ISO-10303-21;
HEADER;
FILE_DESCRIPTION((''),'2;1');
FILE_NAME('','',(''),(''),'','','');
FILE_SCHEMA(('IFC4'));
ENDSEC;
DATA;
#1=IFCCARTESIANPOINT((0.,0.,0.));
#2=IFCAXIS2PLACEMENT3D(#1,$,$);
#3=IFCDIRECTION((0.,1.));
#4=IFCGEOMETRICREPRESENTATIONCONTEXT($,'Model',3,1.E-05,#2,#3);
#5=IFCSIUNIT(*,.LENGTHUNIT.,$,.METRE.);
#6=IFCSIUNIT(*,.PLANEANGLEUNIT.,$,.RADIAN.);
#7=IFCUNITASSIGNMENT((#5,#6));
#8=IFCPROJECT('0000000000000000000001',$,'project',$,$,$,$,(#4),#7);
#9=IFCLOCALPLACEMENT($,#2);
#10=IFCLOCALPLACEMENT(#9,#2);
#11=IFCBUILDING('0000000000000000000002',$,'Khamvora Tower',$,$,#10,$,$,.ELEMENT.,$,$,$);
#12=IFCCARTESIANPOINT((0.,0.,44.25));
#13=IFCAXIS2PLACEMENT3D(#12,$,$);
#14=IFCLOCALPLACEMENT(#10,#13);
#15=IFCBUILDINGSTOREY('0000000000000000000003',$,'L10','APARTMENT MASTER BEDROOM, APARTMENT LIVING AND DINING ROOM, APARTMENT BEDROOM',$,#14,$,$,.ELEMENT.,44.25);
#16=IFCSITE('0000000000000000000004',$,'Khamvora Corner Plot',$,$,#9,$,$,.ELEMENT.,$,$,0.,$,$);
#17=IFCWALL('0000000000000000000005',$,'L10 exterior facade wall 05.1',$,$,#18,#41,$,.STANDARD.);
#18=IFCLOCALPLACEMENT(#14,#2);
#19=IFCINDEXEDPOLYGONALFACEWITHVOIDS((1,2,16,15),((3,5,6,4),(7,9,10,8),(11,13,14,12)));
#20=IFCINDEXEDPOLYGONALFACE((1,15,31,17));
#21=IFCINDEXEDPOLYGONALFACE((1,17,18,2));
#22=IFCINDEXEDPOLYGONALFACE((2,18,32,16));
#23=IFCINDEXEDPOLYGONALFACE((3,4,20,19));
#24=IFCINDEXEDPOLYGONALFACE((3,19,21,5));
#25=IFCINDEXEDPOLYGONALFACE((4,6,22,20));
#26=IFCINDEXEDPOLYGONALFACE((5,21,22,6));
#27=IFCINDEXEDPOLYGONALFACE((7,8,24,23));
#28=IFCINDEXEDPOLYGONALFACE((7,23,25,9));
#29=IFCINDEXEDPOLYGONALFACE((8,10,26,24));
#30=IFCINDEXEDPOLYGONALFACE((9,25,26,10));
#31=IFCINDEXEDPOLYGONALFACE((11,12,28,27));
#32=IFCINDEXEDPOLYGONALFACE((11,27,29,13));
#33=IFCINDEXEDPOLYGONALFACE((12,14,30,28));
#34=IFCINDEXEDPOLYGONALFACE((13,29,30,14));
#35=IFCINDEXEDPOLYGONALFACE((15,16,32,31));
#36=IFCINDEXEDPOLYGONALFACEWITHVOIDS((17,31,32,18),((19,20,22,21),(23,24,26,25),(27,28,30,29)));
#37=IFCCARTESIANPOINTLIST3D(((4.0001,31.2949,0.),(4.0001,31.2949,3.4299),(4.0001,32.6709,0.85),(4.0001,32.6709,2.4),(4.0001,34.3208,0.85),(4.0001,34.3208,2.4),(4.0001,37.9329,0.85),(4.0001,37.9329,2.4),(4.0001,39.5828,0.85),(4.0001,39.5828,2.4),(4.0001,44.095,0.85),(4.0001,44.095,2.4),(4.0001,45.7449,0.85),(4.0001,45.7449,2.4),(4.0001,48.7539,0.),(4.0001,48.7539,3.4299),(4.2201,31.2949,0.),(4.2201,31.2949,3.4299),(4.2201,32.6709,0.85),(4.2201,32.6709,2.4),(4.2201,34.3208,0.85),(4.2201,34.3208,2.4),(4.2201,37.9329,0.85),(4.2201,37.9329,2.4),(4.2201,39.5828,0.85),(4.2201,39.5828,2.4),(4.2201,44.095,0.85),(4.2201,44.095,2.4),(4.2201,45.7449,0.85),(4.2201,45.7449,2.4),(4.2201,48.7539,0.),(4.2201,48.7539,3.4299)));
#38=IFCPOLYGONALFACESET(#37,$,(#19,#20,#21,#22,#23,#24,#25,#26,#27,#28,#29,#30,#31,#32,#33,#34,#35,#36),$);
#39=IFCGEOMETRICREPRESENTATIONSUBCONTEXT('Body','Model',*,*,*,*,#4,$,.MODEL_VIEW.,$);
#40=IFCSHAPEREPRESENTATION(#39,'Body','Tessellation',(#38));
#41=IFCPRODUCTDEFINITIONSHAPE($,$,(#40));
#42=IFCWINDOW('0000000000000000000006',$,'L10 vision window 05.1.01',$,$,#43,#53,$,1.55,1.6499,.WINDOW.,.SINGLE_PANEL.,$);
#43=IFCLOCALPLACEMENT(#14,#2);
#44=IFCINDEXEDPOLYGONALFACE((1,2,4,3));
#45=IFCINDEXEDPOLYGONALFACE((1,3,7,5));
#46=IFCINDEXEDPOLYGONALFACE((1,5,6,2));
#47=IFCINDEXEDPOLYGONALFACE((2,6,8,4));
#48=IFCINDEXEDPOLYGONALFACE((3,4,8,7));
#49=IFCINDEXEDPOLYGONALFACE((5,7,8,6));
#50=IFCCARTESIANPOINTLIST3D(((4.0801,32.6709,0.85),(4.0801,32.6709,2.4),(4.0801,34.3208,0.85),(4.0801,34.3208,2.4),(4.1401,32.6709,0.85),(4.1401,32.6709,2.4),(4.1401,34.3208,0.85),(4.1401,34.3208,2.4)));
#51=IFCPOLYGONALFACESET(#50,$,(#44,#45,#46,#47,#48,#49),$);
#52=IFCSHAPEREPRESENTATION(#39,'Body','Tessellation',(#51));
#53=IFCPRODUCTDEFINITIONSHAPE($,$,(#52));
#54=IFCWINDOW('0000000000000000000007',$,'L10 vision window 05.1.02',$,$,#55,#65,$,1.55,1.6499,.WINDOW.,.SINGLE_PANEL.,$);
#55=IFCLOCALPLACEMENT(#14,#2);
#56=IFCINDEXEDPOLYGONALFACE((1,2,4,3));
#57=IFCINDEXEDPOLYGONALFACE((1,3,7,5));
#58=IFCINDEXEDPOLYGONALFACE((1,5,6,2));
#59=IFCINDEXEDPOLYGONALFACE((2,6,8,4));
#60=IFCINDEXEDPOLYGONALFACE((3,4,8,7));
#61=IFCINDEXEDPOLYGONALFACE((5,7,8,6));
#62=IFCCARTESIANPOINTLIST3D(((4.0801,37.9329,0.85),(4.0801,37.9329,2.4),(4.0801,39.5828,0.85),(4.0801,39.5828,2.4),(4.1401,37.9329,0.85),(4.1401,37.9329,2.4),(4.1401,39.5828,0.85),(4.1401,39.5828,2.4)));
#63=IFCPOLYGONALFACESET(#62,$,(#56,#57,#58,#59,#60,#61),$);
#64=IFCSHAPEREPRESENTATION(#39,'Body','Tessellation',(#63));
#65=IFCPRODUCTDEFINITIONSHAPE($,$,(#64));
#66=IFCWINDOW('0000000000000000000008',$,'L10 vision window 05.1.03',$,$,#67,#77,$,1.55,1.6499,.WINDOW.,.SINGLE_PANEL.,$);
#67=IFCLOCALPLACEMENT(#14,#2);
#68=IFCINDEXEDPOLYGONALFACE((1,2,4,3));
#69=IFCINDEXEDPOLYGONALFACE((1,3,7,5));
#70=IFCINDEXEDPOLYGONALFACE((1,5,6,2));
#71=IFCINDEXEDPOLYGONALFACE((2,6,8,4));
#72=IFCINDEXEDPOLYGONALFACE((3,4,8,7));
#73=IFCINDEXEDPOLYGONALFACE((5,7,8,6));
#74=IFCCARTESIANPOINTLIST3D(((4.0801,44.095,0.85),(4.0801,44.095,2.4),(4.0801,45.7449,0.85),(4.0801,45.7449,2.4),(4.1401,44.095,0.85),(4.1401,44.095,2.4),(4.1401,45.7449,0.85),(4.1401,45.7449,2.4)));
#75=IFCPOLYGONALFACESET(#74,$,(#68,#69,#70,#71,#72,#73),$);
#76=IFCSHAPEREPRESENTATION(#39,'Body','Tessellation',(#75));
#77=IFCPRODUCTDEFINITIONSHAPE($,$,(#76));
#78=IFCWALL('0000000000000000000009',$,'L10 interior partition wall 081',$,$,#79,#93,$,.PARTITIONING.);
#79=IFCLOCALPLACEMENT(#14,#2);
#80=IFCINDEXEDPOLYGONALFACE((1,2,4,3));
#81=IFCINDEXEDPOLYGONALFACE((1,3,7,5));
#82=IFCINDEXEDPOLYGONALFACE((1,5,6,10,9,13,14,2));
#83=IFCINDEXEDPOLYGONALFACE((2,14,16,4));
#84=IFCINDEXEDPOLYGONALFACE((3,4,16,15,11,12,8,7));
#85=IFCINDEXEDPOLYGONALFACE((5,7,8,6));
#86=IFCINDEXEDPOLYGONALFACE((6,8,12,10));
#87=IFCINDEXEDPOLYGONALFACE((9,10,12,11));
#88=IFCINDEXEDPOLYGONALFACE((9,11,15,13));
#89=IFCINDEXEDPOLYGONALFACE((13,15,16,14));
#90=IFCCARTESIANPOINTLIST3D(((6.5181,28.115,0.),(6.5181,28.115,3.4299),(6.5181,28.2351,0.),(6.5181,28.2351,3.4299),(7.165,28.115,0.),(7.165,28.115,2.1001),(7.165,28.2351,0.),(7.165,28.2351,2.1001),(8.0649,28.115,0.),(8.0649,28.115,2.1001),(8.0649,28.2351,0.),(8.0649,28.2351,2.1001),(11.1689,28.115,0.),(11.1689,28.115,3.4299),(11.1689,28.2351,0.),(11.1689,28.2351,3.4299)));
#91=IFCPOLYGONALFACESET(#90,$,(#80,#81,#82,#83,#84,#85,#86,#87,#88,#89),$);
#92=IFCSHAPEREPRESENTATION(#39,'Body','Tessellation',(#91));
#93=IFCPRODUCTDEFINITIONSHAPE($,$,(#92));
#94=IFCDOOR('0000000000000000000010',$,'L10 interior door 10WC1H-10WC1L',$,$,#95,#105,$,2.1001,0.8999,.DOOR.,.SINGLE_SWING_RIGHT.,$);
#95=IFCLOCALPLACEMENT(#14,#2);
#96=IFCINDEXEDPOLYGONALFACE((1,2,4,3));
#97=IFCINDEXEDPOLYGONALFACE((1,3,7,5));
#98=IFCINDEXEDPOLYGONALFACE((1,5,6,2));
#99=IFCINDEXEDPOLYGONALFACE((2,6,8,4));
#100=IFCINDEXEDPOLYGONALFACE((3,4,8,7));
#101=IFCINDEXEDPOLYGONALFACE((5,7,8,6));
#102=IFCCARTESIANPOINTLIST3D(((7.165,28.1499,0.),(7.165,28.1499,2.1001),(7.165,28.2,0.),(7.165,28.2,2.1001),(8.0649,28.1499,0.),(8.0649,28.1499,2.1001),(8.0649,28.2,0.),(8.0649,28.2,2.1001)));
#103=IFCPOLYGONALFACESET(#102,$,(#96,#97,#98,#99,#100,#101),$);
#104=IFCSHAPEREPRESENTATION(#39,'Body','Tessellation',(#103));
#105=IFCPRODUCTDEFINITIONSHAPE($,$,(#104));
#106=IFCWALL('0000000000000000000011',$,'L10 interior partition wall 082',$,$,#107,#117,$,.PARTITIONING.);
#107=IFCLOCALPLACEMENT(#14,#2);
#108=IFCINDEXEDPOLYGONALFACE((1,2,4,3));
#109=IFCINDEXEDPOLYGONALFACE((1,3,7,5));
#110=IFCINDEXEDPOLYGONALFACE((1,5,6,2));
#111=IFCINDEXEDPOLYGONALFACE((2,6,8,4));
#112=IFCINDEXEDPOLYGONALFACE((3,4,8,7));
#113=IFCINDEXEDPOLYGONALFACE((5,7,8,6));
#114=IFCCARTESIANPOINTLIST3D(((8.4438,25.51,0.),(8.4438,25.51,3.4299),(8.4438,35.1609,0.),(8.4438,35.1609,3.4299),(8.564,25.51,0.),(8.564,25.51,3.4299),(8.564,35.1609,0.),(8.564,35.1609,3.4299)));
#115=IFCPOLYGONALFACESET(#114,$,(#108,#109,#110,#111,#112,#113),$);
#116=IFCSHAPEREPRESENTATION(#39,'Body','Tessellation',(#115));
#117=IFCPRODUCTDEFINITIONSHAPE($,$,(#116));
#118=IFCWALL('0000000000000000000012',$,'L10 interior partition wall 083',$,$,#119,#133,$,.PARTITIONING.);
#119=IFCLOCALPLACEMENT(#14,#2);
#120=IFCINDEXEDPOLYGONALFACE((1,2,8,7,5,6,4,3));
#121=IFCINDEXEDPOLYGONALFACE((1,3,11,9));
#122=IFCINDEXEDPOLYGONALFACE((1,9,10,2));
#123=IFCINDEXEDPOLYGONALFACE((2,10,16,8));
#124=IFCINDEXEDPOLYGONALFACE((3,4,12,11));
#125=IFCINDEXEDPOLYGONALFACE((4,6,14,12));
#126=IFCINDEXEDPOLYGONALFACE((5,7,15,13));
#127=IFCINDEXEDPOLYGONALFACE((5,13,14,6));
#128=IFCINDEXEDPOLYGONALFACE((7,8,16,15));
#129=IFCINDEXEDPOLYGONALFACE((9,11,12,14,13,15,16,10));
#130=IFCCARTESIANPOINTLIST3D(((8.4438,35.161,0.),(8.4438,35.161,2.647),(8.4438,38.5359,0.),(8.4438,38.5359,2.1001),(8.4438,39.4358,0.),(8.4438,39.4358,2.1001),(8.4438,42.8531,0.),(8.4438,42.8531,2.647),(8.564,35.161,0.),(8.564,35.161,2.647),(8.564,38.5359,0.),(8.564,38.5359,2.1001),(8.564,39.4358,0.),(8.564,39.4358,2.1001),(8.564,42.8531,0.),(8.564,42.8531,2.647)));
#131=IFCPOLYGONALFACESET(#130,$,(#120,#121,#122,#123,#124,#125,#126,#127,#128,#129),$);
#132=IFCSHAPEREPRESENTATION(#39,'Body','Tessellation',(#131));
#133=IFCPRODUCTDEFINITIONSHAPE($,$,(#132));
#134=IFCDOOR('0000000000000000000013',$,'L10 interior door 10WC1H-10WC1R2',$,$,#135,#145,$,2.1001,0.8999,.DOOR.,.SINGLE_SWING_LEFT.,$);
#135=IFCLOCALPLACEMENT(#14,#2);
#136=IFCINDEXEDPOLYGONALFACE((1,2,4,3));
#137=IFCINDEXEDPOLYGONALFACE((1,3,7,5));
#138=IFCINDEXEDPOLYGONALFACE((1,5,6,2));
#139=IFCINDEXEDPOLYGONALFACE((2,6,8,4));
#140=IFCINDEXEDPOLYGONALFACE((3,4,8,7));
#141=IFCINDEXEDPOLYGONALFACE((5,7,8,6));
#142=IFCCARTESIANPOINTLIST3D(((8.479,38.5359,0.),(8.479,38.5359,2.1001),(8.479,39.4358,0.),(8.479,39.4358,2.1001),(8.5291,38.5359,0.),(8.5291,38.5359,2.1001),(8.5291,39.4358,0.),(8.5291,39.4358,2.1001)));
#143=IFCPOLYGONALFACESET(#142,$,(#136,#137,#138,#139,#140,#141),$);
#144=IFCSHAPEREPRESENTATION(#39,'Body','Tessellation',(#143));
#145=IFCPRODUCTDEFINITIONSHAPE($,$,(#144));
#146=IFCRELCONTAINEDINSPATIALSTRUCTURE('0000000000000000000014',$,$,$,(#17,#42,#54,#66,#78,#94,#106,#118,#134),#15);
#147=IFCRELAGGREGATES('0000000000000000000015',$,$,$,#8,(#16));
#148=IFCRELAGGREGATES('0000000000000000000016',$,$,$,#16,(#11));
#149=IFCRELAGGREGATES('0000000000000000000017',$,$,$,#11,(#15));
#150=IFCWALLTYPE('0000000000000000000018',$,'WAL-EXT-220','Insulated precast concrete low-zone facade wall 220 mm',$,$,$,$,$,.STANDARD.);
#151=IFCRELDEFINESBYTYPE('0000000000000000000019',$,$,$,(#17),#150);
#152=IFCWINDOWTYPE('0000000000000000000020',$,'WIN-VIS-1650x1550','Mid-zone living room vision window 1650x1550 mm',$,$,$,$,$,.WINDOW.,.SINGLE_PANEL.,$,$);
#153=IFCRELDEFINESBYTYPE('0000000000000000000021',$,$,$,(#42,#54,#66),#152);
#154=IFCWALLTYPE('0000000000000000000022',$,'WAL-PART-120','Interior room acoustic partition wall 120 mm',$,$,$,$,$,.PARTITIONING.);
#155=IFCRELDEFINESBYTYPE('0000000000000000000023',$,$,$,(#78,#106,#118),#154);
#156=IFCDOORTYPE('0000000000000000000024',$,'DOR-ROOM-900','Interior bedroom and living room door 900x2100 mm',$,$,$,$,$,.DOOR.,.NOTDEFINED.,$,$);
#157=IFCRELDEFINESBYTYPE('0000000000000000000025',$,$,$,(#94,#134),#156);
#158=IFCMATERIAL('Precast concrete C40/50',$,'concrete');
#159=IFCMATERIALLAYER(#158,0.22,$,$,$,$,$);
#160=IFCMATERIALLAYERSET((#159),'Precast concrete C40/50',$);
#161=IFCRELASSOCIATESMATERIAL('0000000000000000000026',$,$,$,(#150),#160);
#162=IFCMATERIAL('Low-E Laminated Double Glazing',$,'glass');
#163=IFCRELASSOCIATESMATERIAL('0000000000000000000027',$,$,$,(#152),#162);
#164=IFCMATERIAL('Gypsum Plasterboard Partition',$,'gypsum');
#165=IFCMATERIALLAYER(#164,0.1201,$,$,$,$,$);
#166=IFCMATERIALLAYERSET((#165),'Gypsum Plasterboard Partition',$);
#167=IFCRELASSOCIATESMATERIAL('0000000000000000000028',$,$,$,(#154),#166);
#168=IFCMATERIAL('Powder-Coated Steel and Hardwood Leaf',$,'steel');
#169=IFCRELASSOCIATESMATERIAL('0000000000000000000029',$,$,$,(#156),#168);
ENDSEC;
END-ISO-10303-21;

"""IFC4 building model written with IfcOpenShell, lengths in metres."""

from ifc_helpers import new_model, si_unit, direction, frame, frame_2d, origin, place, context, subcontext, project, spatial, rectangle, extrude, material, layer, layer_set, type_object, element, fill, save


model = new_model("IFC4")

# Units and contexts
model_context = context("Model", 3, precision=1e-05, world=origin(), true_north=direction((0.0, 1.0)))
body_context = subcontext(model_context, "Body", "Model", "MODEL_VIEW")
ifc_project = project(units=[si_unit("LENGTHUNIT", "METRE"), si_unit("PLANEANGLEUNIT", "RADIAN")], contexts=[model_context])

# Site, building, storey
site_placement = place(None, origin())
site = spatial("IfcSite", under=ifc_project, at=site_placement, Name="Khamvora Corner Plot", CompositionType="ELEMENT", RefElevation=0.0)
building_placement = place(site_placement, origin())
building = spatial("IfcBuilding", under=site, at=building_placement, Name="Khamvora Tower", CompositionType="ELEMENT")
storey_placement = place(building_placement, frame((0.0, 0.0, 44.25)))
storey = spatial("IfcBuildingStorey", under=building, at=storey_placement, Name="L10", Description="APARTMENT MASTER BEDROOM, APARTMENT LIVING AND DINING ROOM, APARTMENT BEDROOM", CompositionType="ELEMENT", Elevation=44.25)

# Shared definitions
ifc_material_1 = material(Name="Precast concrete C40/50", Category="concrete")
ifc_layer_1 = layer(ifc_material_1, 0.22)
ifc_layer_set_1 = layer_set([ifc_layer_1], Name="Precast concrete C40/50")
wall_type_1 = type_object("IfcWallType", Name="WAL-EXT-220", Description="Insulated precast concrete low-zone facade wall 220 mm", PredefinedType="STANDARD", material=ifc_layer_set_1)
ifc_material_2 = material(Name="Low-E Laminated Double Glazing", Category="glass")
window_type = type_object("IfcWindowType", Name="WIN-VIS-1650x1550", Description="Mid-zone living room vision window 1650x1550 mm", PartitioningType="SINGLE_PANEL", PredefinedType="WINDOW", material=ifc_material_2)

# Wall, openings, windows
wall_1_placement = place(storey_placement, frame((4.1101, 31.2949, 0.0), z_axis=(0.0, 0.0, 1.0), x_axis=(0.0, 1.0, 0.0)))
wall_1 = element("IfcWall", 1, at=wall_1_placement, inside=storey, type_object=wall_type_1, Name="L10 exterior facade wall 05.1", PredefinedType="STANDARD", context=body_context, shape_type="SweptSolid", body=[
    extrude(rectangle(XDim=17.459, YDim=0.22, at=frame_2d((8.7295, 0.0))), origin(), (0.0, 0.0, 1.0), 3.4299),
])
opening_1_placement = place(wall_1_placement, frame((1.376, 0.0, 0.8501)))
opening_1 = element("IfcOpeningElement", 2, at=opening_1_placement, cuts=wall_1, PredefinedType="OPENING", context=body_context, shape_type="SweptSolid", body=[
    extrude(rectangle(XDim=1.6499, YDim=1.55, at=frame_2d((0.825, 0.7749))), frame((0.0, 0.1199, 0.0), z_axis=(0.0, -1.0, 0.0), x_axis=(1.0, 0.0, 0.0)), (0.0, 0.0, 1.0), 0.24),
])
opening_2_placement = place(wall_1_placement, frame((6.6379, 0.0, 0.8501)))
opening_2 = element("IfcOpeningElement", 3, at=opening_2_placement, cuts=wall_1, PredefinedType="OPENING", context=body_context, shape_type="SweptSolid", body=[
    extrude(rectangle(XDim=1.6499, YDim=1.55, at=frame_2d((0.825, 0.7749))), frame((0.0, 0.1199, 0.0), z_axis=(0.0, -1.0, 0.0), x_axis=(1.0, 0.0, 0.0)), (0.0, 0.0, 1.0), 0.24),
])
opening_3_placement = place(wall_1_placement, frame((12.8, 0.0, 0.8501)))
opening_3 = element("IfcOpeningElement", 4, at=opening_3_placement, cuts=wall_1, PredefinedType="OPENING", context=body_context, shape_type="SweptSolid", body=[
    extrude(rectangle(XDim=1.6499, YDim=1.55, at=frame_2d((0.825, 0.7749))), frame((0.0, 0.1199, 0.0), z_axis=(0.0, -1.0, 0.0), x_axis=(1.0, 0.0, 0.0)), (0.0, 0.0, 1.0), 0.24),
])
window_1_placement = place(opening_1_placement, origin())
window_1 = element("IfcWindow", 5, at=window_1_placement, inside=storey, type_object=window_type, Name="L10 vision window 05.1.01", OverallHeight=1.55, OverallWidth=1.6499, PartitioningType="SINGLE_PANEL", PredefinedType="WINDOW", context=body_context, shape_type="SweptSolid", body=[
    extrude(rectangle(XDim=1.6499, YDim=1.55, at=frame_2d((0.825, 0.7749))), frame((0.0, 0.03, 0.0), z_axis=(0.0, -1.0, 0.0), x_axis=(1.0, 0.0, 0.0)), (0.0, 0.0, 1.0), 0.0601),
])
fill(opening_1, window_1)
window_2_placement = place(opening_2_placement, origin())
window_2 = element("IfcWindow", 6, at=window_2_placement, inside=storey, type_object=window_type, Name="L10 vision window 05.1.02", OverallHeight=1.55, OverallWidth=1.6499, PartitioningType="SINGLE_PANEL", PredefinedType="WINDOW", context=body_context, shape_type="SweptSolid", body=[
    extrude(rectangle(XDim=1.6499, YDim=1.55, at=frame_2d((0.825, 0.7749))), frame((0.0, 0.03, 0.0), z_axis=(0.0, -1.0, 0.0), x_axis=(1.0, 0.0, 0.0)), (0.0, 0.0, 1.0), 0.0601),
])
fill(opening_2, window_2)
window_3_placement = place(opening_3_placement, origin())
window_3 = element("IfcWindow", 7, at=window_3_placement, inside=storey, type_object=window_type, Name="L10 vision window 05.1.03", OverallHeight=1.55, OverallWidth=1.6499, PartitioningType="SINGLE_PANEL", PredefinedType="WINDOW", context=body_context, shape_type="SweptSolid", body=[
    extrude(rectangle(XDim=1.6499, YDim=1.55, at=frame_2d((0.825, 0.7749))), frame((0.0, 0.03, 0.0), z_axis=(0.0, -1.0, 0.0), x_axis=(1.0, 0.0, 0.0)), (0.0, 0.0, 1.0), 0.0601),
])
fill(opening_3, window_3)

# Wall, opening, door
ifc_material_3 = material(Name="Gypsum Plasterboard Partition", Category="gypsum")
ifc_layer_2 = layer(ifc_material_3, 0.1201)
ifc_layer_set_2 = layer_set([ifc_layer_2], Name="Gypsum Plasterboard Partition")
wall_type_2 = type_object("IfcWallType", Name="WAL-PART-120", Description="Interior room acoustic partition wall 120 mm", PredefinedType="PARTITIONING", material=ifc_layer_set_2)
wall_2_placement = place(storey_placement, frame((6.5181, 28.175, 0.0), z_axis=(0.0, 0.0, 1.0), x_axis=(1.0, 0.0, 0.0)))
wall_2 = element("IfcWall", 8, at=wall_2_placement, inside=storey, type_object=wall_type_2, Name="L10 interior partition wall 081", PredefinedType="PARTITIONING", context=body_context, shape_type="SweptSolid", body=[
    extrude(rectangle(XDim=4.6509, YDim=0.1201, at=frame_2d((2.3254, 0.0))), origin(), (0.0, 0.0, 1.0), 3.4299),
])
opening_4_placement = place(wall_2_placement, frame((0.647, 0.0, 0.0)))
opening_4 = element("IfcOpeningElement", 9, at=opening_4_placement, cuts=wall_2, PredefinedType="OPENING", context=body_context, shape_type="SweptSolid", body=[
    extrude(rectangle(XDim=0.8999, YDim=2.1001, at=frame_2d((0.45, 1.05))), frame((0.0, 0.0701, 0.0), z_axis=(0.0, -1.0, 0.0), x_axis=(1.0, 0.0, 0.0)), (0.0, 0.0, 1.0), 0.1401),
])
ifc_material_4 = material(Name="Powder-Coated Steel and Hardwood Leaf", Category="steel")
door_type_1 = type_object("IfcDoorType", Name="DOR-ROOM-900", Description="Interior bedroom and living room door 900x2100 mm", OperationType="NOTDEFINED", PredefinedType="DOOR", material=ifc_material_4)
door_1_placement = place(opening_4_placement, origin())
door_1 = element("IfcDoor", 10, at=door_1_placement, inside=storey, type_object=door_type_1, Name="L10 interior door 10WC1H-10WC1L", OperationType="SINGLE_SWING_RIGHT", OverallHeight=2.1001, OverallWidth=0.8999, PredefinedType="DOOR", context=body_context, shape_type="SweptSolid", body=[
    extrude(rectangle(XDim=0.8999, YDim=2.1001, at=frame_2d((0.45, 1.05))), frame((0.0, 0.0249, 0.0), z_axis=(0.0, -1.0, 0.0), x_axis=(1.0, 0.0, 0.0)), (0.0, 0.0, 1.0), 0.05),
])
fill(opening_4, door_1)

# Wall
wall_3_placement = place(storey_placement, frame((8.5039, 25.51, 0.0), z_axis=(0.0, 0.0, 1.0), x_axis=(0.0, 1.0, 0.0)))
element("IfcWall", 11, at=wall_3_placement, inside=storey, type_object=wall_type_2, Name="L10 interior partition wall 082", PredefinedType="PARTITIONING", context=body_context, shape_type="SweptSolid", body=[
    extrude(rectangle(XDim=9.6509, YDim=0.1201, at=frame_2d((4.8254, 0.0))), origin(), (0.0, 0.0, 1.0), 3.4299),
])

# Wall, opening, door
wall_4_placement = place(storey_placement, frame((8.5039, 35.1609, 0.0), z_axis=(0.0, 0.0, 1.0), x_axis=(0.0, 1.0, 0.0)))
wall_4 = element("IfcWall", 12, at=wall_4_placement, inside=storey, type_object=wall_type_2, Name="L10 interior partition wall 083", PredefinedType="PARTITIONING", context=body_context, shape_type="SweptSolid", body=[
    extrude(rectangle(XDim=7.6921, YDim=0.1201, at=frame_2d((3.8462, 0.0))), origin(), (0.0, 0.0, 1.0), 2.647),
])
opening_5_placement = place(wall_4_placement, frame((3.375, 0.0, 0.0)))
opening_5 = element("IfcOpeningElement", 13, at=opening_5_placement, cuts=wall_4, PredefinedType="OPENING", context=body_context, shape_type="SweptSolid", body=[
    extrude(rectangle(XDim=0.8999, YDim=2.1001, at=frame_2d((0.45, 1.05))), frame((0.0, 0.0701, 0.0), z_axis=(0.0, -1.0, 0.0), x_axis=(1.0, 0.0, 0.0)), (0.0, 0.0, 1.0), 0.1401),
])
door_2_placement = place(opening_5_placement, origin())
door_2 = element("IfcDoor", 14, at=door_2_placement, inside=storey, type_object=door_type_1, Name="L10 interior door 10WC1H-10WC1R2", OperationType="SINGLE_SWING_LEFT", OverallHeight=2.1001, OverallWidth=0.8999, PredefinedType="DOOR", context=body_context, shape_type="SweptSolid", body=[
    extrude(rectangle(XDim=0.8999, YDim=2.1001, at=frame_2d((0.45, 1.05))), frame((0.0, 0.0249, 0.0), z_axis=(0.0, -1.0, 0.0), x_axis=(1.0, 0.0, 0.0)), (0.0, 0.0, 1.0), 0.05),
])
fill(opening_5, door_2)

save(model, "model.ifc")
